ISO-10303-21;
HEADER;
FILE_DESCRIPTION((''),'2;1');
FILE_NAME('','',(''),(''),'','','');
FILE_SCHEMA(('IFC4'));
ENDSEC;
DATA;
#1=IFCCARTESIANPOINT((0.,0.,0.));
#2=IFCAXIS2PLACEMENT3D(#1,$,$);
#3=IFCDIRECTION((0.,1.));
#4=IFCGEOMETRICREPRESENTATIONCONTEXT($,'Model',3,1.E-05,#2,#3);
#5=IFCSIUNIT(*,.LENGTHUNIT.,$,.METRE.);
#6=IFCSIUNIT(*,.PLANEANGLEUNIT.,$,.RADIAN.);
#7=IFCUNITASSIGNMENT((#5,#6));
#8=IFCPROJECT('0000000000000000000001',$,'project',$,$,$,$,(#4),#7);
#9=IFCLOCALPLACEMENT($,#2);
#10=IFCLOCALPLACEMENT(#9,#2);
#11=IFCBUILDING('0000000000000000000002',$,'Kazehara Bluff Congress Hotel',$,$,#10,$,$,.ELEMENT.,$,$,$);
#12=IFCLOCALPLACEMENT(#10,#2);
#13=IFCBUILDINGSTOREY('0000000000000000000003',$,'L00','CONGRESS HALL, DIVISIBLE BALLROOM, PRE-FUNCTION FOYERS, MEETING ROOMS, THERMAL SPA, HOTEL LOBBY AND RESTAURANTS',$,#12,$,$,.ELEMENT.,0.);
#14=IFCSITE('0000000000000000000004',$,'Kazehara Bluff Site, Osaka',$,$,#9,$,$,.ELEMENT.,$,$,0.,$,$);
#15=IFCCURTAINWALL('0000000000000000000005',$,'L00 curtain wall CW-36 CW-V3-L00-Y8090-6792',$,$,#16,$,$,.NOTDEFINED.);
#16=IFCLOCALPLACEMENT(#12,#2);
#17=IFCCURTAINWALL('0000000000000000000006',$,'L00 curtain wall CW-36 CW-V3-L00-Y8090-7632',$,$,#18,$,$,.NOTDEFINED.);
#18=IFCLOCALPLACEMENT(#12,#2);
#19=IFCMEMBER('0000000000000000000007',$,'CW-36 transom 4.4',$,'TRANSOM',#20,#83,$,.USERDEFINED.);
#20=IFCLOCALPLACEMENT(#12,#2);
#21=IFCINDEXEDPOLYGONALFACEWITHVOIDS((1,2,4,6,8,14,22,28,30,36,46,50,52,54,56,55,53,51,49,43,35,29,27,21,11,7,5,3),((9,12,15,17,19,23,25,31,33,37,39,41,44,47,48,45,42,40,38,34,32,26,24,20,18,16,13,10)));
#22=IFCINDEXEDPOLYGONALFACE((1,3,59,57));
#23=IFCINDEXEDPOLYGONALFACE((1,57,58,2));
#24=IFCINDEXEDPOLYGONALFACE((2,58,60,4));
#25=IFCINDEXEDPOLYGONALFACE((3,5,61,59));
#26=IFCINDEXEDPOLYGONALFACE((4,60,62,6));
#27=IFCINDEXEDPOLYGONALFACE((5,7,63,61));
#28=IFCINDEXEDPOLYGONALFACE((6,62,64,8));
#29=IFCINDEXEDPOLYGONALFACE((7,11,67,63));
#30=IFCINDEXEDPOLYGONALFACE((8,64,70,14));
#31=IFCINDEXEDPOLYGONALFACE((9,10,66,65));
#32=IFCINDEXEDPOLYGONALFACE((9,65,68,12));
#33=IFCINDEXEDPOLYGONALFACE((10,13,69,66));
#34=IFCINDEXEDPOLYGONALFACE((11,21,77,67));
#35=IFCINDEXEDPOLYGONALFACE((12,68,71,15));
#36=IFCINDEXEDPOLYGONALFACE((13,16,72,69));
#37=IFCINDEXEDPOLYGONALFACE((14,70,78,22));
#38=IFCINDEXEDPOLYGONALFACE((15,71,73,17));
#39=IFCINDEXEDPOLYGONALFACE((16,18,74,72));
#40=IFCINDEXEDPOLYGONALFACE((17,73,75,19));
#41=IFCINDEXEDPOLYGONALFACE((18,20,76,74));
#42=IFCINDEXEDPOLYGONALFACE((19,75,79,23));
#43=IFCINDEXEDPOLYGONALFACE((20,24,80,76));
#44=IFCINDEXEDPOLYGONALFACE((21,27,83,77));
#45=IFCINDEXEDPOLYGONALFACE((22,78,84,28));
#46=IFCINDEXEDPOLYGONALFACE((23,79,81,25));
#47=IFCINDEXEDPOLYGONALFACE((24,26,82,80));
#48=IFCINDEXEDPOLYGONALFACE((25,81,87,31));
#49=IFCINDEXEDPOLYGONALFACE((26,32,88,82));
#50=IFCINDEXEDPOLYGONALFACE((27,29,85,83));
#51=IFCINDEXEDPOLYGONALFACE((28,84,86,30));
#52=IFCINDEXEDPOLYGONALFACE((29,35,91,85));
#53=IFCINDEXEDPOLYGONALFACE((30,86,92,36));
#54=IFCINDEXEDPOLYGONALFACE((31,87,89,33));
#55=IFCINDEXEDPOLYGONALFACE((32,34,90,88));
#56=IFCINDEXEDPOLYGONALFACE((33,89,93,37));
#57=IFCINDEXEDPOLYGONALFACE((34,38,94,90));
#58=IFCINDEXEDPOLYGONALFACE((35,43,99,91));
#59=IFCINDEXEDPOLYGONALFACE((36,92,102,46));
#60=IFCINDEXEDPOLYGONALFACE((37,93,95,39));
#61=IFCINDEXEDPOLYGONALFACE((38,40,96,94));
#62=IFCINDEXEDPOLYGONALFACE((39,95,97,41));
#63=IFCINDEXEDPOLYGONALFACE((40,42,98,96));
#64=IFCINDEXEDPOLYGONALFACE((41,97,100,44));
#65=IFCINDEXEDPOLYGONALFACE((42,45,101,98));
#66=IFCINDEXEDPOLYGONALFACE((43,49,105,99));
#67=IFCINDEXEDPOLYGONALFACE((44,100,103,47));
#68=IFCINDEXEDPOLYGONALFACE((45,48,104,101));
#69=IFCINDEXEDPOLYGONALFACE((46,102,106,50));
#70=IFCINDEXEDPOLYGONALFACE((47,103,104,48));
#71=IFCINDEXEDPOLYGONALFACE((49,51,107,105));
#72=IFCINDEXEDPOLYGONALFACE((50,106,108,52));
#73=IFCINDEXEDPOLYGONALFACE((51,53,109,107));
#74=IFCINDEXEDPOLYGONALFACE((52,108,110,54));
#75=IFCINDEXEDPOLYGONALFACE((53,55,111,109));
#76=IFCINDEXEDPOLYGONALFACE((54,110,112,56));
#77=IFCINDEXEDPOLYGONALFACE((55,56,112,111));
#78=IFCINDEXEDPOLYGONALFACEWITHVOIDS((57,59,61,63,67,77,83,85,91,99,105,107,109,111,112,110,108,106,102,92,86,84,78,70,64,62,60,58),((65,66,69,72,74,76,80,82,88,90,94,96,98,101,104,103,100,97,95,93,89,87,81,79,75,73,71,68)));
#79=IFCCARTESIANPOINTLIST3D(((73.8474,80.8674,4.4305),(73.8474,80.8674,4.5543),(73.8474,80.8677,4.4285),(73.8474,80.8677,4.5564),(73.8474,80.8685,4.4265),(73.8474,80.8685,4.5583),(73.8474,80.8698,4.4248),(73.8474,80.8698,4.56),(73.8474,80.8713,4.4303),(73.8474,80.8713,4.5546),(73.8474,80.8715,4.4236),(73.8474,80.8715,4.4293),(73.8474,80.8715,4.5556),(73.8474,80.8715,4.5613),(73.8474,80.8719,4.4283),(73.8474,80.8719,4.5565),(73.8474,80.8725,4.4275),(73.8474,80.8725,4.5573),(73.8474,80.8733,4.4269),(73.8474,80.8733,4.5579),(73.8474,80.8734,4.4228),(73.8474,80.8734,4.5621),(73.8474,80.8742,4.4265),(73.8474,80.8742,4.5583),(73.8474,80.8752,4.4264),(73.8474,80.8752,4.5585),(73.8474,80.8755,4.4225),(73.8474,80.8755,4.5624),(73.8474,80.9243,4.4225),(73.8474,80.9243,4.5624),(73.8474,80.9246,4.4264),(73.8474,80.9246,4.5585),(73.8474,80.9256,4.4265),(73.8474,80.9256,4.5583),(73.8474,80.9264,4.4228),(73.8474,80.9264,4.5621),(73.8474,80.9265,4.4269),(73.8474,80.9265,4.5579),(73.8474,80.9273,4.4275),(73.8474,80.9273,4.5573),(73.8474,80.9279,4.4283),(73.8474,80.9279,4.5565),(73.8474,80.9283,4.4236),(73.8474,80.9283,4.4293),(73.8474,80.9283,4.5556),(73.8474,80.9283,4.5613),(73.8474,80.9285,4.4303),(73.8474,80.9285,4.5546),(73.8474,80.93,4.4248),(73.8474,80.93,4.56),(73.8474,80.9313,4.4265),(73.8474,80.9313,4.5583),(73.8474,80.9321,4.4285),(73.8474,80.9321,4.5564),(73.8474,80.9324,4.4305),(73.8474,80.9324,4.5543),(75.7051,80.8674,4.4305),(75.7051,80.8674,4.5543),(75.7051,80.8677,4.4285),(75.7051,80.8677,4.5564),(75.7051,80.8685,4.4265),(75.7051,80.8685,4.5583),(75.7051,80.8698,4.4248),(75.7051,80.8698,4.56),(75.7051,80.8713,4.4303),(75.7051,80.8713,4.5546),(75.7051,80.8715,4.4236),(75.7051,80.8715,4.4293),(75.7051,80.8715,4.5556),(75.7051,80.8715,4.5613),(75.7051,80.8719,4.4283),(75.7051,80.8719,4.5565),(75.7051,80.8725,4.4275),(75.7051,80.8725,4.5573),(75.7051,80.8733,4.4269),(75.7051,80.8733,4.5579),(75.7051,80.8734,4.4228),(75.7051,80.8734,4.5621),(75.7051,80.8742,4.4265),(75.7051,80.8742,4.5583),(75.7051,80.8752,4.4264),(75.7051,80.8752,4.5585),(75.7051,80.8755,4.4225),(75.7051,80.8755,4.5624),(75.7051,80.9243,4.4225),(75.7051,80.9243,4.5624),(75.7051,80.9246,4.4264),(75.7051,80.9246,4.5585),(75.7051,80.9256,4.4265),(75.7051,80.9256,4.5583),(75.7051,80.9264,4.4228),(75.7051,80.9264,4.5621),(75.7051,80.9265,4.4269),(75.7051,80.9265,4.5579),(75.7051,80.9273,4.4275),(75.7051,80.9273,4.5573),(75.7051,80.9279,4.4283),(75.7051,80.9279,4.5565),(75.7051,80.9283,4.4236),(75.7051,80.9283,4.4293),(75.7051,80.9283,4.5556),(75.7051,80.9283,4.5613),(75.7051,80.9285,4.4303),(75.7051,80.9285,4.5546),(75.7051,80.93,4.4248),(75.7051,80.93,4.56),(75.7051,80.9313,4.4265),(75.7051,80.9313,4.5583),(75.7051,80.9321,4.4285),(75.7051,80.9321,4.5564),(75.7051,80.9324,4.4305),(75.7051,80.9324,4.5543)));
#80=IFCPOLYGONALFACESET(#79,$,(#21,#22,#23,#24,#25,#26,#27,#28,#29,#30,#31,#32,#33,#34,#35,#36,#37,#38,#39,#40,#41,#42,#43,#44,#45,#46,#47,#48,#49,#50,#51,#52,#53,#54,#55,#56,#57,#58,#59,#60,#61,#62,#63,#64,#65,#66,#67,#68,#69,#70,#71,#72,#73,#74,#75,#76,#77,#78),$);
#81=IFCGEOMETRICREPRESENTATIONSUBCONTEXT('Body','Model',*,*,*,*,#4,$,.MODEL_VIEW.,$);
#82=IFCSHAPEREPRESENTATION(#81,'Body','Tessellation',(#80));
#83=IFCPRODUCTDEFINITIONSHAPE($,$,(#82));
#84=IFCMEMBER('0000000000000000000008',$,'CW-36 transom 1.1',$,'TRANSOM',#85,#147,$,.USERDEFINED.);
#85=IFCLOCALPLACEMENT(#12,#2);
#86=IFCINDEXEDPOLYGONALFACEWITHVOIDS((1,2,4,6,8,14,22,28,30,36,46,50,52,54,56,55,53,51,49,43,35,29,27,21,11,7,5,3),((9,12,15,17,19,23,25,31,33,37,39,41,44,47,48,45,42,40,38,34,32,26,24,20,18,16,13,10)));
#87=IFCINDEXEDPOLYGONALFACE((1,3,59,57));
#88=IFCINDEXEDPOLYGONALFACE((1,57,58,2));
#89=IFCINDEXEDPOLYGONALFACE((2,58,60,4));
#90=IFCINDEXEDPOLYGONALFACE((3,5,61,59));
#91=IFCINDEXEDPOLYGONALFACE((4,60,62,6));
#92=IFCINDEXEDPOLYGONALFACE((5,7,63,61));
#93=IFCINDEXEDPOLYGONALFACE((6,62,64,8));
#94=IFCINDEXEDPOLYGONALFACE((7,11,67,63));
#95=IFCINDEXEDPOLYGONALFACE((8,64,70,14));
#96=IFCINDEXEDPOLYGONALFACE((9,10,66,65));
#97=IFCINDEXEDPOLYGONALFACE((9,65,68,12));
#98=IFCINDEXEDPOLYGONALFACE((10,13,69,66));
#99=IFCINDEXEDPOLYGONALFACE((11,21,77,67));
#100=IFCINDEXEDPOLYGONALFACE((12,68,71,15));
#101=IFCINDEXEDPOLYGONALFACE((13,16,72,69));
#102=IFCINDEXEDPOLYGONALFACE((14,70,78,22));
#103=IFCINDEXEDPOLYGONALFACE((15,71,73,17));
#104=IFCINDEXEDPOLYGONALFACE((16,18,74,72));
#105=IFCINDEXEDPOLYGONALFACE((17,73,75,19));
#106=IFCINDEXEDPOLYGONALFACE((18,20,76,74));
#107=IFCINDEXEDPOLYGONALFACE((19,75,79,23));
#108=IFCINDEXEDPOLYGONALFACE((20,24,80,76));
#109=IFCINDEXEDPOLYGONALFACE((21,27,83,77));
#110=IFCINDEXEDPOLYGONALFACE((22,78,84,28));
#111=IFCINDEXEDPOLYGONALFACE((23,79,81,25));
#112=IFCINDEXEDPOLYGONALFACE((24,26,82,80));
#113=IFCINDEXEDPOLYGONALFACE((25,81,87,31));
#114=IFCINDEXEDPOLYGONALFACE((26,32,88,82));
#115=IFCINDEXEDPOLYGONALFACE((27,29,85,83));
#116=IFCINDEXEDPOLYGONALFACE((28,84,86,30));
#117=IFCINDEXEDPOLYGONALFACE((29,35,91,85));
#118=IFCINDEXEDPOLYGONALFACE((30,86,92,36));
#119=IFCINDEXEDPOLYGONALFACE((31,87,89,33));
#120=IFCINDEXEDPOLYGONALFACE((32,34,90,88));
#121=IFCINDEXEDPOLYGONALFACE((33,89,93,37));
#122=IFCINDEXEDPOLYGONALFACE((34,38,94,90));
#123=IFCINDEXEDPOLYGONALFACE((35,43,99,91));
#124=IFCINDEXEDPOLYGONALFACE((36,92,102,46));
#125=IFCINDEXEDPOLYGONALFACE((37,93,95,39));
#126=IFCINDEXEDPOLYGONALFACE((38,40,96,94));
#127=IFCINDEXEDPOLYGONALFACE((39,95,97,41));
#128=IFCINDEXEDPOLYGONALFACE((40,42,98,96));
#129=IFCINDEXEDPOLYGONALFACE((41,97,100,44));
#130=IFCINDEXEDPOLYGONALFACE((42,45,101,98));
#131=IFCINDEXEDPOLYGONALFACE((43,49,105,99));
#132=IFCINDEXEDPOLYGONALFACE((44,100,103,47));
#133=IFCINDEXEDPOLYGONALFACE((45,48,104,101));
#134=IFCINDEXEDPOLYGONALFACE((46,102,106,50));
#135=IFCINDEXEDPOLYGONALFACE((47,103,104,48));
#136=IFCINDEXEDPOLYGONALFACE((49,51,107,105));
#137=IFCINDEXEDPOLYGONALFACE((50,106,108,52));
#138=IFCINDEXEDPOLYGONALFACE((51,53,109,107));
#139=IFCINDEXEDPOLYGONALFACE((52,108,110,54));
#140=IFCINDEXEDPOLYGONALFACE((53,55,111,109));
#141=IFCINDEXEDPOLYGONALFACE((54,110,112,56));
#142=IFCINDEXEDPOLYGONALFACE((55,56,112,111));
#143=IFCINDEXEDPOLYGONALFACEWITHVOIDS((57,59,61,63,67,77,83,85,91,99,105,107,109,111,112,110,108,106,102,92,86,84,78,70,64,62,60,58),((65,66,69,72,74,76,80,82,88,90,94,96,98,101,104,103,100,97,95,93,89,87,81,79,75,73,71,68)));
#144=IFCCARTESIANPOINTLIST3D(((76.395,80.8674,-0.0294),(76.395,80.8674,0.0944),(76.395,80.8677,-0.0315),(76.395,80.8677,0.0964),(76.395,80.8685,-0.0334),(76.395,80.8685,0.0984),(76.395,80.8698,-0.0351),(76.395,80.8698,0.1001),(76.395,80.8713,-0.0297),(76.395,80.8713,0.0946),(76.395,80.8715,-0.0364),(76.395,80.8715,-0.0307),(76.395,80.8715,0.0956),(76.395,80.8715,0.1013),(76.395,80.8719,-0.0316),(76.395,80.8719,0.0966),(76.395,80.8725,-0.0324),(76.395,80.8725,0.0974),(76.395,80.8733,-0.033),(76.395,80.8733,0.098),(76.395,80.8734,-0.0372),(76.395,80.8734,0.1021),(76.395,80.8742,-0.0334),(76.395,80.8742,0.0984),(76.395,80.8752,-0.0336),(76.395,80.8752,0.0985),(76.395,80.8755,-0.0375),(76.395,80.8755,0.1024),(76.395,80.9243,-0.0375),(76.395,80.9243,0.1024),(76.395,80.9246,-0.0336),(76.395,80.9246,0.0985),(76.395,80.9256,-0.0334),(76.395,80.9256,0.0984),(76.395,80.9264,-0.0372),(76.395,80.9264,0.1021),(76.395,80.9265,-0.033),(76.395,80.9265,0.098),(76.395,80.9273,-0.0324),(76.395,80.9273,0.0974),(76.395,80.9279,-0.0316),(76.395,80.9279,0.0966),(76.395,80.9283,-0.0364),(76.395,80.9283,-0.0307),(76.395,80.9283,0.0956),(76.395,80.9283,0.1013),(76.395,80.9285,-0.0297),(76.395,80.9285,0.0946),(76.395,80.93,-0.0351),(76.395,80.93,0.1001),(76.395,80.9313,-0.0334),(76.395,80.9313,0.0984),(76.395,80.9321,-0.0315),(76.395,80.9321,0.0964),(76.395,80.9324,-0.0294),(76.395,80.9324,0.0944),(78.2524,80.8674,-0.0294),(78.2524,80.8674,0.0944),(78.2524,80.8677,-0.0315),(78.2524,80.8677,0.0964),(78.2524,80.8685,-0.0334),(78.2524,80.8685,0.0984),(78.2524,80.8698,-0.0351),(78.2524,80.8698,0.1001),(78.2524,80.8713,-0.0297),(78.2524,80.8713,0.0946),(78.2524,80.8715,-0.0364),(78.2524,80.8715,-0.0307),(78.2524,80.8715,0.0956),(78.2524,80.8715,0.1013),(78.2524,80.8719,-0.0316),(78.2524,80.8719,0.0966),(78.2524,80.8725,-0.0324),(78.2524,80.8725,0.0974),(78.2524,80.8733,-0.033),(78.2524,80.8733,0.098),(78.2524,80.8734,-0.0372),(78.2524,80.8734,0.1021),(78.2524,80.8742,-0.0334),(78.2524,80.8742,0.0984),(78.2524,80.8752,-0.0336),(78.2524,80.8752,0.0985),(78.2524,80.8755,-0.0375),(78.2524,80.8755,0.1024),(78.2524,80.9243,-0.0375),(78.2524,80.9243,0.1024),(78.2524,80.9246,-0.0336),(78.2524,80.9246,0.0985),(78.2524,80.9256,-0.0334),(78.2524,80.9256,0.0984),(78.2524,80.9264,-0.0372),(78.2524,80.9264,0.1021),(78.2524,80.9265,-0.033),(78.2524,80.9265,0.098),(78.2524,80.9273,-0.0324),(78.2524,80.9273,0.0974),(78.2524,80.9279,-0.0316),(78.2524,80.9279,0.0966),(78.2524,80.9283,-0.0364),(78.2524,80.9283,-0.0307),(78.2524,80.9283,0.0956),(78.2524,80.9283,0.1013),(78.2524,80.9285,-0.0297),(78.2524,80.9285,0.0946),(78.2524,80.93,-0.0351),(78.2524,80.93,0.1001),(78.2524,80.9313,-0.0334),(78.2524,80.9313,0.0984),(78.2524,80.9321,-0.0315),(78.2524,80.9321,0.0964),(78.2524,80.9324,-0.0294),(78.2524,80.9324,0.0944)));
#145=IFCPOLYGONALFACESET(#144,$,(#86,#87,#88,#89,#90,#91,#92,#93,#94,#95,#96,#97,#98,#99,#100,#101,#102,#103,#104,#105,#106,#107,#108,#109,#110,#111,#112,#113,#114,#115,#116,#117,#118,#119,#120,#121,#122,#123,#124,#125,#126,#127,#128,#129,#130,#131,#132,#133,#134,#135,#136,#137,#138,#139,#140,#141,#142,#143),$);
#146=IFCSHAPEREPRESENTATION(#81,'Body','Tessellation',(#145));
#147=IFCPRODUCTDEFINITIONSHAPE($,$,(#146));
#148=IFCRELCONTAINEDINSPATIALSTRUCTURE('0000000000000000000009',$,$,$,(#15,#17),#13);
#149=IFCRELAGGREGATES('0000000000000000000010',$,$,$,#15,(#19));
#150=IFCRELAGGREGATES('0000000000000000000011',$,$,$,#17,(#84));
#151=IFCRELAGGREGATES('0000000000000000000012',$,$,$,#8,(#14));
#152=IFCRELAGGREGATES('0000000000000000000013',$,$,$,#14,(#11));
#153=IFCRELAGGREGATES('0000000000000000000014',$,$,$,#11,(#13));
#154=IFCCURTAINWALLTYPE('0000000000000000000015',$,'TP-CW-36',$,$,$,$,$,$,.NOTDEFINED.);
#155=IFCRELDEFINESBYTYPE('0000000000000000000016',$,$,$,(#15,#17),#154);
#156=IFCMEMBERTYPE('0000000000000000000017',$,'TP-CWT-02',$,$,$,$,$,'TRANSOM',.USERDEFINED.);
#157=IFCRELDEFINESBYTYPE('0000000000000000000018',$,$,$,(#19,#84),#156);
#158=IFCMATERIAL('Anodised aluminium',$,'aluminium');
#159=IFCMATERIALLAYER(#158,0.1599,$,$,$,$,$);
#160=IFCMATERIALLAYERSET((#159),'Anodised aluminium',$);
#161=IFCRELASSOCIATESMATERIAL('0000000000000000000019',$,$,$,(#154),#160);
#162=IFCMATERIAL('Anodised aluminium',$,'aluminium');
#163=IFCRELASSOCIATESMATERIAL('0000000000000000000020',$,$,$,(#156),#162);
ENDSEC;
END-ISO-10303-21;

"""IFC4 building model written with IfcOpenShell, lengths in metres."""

from ifc_helpers import new_model, si_unit, direction, frame, origin, origin_2d, place, context, subcontext, project, spatial, hollow_rectangle, extrude, material, layer, layer_set, material_profile, profile_set, type_object, element, aggregate, save


model = new_model("IFC4")

# Units and contexts
model_context = context("Model", 3, precision=1e-05, world=origin(), true_north=direction((0.0, 1.0)))
body_context = subcontext(model_context, "Body", "Model", "MODEL_VIEW")
ifc_project = project(units=[si_unit("LENGTHUNIT", "METRE"), si_unit("PLANEANGLEUNIT", "RADIAN")], contexts=[model_context])

# Site, building, storey
site_placement = place(None, origin())
site = spatial("IfcSite", under=ifc_project, at=site_placement, Name="Kazehara Bluff Site, Osaka", CompositionType="ELEMENT", RefElevation=0.0)
building_placement = place(site_placement, origin())
building = spatial("IfcBuilding", under=site, at=building_placement, Name="Kazehara Bluff Congress Hotel", CompositionType="ELEMENT")
storey_placement = place(building_placement, origin())
storey = spatial("IfcBuildingStorey", under=building, at=storey_placement, Name="L00", Description="CONGRESS HALL, DIVISIBLE BALLROOM, PRE-FUNCTION FOYERS, MEETING ROOMS, THERMAL SPA, HOTEL LOBBY AND RESTAURANTS", CompositionType="ELEMENT", Elevation=0.0)

# Curtain wall
ifc_material_1 = material(Name="Anodised aluminium", Category="aluminium")
ifc_layer_1 = layer(ifc_material_1, 0.1599)
ifc_layer_set_1 = layer_set([ifc_layer_1], Name="Anodised aluminium")
curtain_wall_type = type_object("IfcCurtainWallType", Name="TP-CW-36", PredefinedType="NOTDEFINED", material=ifc_layer_set_1)
curtain_wall_1_placement = place(storey_placement, origin())
curtain_wall_1 = element("IfcCurtainWall", 1, at=curtain_wall_1_placement, inside=storey, type_object=curtain_wall_type, Name="L00 curtain wall CW-36 CW-V3-L00-Y8090-6792", PredefinedType="NOTDEFINED")

# Curtain wall
curtain_wall_2_placement = place(storey_placement, origin())
curtain_wall_2 = element("IfcCurtainWall", 2, at=curtain_wall_2_placement, inside=storey, type_object=curtain_wall_type, Name="L00 curtain wall CW-36 CW-V3-L00-Y8090-7632", PredefinedType="NOTDEFINED")

# Members
ifc_material_2 = material(Name="Anodised aluminium", Category="aluminium")
ifc_material_profile_1 = material_profile(ifc_material_2, hollow_rectangle(XDim=0.0649, YDim=0.1399, WallThickness=0.0039, InnerFilletRadius=0.0039, OuterFilletRadius=0.0081, at=origin_2d()))
ifc_profile_set_1 = profile_set([ifc_material_profile_1], Name="Anodised aluminium")
member_type_1 = type_object("IfcMemberType", Name="TP-CWT-02", ElementType="TRANSOM", PredefinedType="USERDEFINED", material=ifc_profile_set_1)
member_1_placement = place(storey_placement, frame((73.8474, 80.8999, 4.4924), z_axis=(1.0, 0.0, 0.0), x_axis=(0.0, 1.0, 0.0)))
member_1 = element("IfcMember", 3, at=member_1_placement, type_object=member_type_1, Name="CW-36 transom 4.4", ObjectType="TRANSOM", PredefinedType="USERDEFINED", context=body_context, shape_type="SweptSolid", body=[
    extrude(hollow_rectangle(XDim=0.0649, YDim=0.1399, WallThickness=0.0039, InnerFilletRadius=0.0039, OuterFilletRadius=0.0081, at=origin_2d()), origin(), (0.0, 0.0, 1.0), 1.8577),
])
member_2_placement = place(storey_placement, frame((76.395, 80.8999, 0.0325), z_axis=(1.0, 0.0, 0.0), x_axis=(0.0, 1.0, 0.0)))
member_2 = element("IfcMember", 4, at=member_2_placement, type_object=member_type_1, Name="CW-36 transom 1.1", ObjectType="TRANSOM", PredefinedType="USERDEFINED", context=body_context, shape_type="SweptSolid", body=[
    extrude(hollow_rectangle(XDim=0.0649, YDim=0.1399, WallThickness=0.0039, InnerFilletRadius=0.0039, OuterFilletRadius=0.0081, at=origin_2d()), origin(), (0.0, 0.0, 1.0), 1.8574),
])

aggregate(curtain_wall_1, [member_1])
aggregate(curtain_wall_2, [member_2])

save(model, "model.ifc")
